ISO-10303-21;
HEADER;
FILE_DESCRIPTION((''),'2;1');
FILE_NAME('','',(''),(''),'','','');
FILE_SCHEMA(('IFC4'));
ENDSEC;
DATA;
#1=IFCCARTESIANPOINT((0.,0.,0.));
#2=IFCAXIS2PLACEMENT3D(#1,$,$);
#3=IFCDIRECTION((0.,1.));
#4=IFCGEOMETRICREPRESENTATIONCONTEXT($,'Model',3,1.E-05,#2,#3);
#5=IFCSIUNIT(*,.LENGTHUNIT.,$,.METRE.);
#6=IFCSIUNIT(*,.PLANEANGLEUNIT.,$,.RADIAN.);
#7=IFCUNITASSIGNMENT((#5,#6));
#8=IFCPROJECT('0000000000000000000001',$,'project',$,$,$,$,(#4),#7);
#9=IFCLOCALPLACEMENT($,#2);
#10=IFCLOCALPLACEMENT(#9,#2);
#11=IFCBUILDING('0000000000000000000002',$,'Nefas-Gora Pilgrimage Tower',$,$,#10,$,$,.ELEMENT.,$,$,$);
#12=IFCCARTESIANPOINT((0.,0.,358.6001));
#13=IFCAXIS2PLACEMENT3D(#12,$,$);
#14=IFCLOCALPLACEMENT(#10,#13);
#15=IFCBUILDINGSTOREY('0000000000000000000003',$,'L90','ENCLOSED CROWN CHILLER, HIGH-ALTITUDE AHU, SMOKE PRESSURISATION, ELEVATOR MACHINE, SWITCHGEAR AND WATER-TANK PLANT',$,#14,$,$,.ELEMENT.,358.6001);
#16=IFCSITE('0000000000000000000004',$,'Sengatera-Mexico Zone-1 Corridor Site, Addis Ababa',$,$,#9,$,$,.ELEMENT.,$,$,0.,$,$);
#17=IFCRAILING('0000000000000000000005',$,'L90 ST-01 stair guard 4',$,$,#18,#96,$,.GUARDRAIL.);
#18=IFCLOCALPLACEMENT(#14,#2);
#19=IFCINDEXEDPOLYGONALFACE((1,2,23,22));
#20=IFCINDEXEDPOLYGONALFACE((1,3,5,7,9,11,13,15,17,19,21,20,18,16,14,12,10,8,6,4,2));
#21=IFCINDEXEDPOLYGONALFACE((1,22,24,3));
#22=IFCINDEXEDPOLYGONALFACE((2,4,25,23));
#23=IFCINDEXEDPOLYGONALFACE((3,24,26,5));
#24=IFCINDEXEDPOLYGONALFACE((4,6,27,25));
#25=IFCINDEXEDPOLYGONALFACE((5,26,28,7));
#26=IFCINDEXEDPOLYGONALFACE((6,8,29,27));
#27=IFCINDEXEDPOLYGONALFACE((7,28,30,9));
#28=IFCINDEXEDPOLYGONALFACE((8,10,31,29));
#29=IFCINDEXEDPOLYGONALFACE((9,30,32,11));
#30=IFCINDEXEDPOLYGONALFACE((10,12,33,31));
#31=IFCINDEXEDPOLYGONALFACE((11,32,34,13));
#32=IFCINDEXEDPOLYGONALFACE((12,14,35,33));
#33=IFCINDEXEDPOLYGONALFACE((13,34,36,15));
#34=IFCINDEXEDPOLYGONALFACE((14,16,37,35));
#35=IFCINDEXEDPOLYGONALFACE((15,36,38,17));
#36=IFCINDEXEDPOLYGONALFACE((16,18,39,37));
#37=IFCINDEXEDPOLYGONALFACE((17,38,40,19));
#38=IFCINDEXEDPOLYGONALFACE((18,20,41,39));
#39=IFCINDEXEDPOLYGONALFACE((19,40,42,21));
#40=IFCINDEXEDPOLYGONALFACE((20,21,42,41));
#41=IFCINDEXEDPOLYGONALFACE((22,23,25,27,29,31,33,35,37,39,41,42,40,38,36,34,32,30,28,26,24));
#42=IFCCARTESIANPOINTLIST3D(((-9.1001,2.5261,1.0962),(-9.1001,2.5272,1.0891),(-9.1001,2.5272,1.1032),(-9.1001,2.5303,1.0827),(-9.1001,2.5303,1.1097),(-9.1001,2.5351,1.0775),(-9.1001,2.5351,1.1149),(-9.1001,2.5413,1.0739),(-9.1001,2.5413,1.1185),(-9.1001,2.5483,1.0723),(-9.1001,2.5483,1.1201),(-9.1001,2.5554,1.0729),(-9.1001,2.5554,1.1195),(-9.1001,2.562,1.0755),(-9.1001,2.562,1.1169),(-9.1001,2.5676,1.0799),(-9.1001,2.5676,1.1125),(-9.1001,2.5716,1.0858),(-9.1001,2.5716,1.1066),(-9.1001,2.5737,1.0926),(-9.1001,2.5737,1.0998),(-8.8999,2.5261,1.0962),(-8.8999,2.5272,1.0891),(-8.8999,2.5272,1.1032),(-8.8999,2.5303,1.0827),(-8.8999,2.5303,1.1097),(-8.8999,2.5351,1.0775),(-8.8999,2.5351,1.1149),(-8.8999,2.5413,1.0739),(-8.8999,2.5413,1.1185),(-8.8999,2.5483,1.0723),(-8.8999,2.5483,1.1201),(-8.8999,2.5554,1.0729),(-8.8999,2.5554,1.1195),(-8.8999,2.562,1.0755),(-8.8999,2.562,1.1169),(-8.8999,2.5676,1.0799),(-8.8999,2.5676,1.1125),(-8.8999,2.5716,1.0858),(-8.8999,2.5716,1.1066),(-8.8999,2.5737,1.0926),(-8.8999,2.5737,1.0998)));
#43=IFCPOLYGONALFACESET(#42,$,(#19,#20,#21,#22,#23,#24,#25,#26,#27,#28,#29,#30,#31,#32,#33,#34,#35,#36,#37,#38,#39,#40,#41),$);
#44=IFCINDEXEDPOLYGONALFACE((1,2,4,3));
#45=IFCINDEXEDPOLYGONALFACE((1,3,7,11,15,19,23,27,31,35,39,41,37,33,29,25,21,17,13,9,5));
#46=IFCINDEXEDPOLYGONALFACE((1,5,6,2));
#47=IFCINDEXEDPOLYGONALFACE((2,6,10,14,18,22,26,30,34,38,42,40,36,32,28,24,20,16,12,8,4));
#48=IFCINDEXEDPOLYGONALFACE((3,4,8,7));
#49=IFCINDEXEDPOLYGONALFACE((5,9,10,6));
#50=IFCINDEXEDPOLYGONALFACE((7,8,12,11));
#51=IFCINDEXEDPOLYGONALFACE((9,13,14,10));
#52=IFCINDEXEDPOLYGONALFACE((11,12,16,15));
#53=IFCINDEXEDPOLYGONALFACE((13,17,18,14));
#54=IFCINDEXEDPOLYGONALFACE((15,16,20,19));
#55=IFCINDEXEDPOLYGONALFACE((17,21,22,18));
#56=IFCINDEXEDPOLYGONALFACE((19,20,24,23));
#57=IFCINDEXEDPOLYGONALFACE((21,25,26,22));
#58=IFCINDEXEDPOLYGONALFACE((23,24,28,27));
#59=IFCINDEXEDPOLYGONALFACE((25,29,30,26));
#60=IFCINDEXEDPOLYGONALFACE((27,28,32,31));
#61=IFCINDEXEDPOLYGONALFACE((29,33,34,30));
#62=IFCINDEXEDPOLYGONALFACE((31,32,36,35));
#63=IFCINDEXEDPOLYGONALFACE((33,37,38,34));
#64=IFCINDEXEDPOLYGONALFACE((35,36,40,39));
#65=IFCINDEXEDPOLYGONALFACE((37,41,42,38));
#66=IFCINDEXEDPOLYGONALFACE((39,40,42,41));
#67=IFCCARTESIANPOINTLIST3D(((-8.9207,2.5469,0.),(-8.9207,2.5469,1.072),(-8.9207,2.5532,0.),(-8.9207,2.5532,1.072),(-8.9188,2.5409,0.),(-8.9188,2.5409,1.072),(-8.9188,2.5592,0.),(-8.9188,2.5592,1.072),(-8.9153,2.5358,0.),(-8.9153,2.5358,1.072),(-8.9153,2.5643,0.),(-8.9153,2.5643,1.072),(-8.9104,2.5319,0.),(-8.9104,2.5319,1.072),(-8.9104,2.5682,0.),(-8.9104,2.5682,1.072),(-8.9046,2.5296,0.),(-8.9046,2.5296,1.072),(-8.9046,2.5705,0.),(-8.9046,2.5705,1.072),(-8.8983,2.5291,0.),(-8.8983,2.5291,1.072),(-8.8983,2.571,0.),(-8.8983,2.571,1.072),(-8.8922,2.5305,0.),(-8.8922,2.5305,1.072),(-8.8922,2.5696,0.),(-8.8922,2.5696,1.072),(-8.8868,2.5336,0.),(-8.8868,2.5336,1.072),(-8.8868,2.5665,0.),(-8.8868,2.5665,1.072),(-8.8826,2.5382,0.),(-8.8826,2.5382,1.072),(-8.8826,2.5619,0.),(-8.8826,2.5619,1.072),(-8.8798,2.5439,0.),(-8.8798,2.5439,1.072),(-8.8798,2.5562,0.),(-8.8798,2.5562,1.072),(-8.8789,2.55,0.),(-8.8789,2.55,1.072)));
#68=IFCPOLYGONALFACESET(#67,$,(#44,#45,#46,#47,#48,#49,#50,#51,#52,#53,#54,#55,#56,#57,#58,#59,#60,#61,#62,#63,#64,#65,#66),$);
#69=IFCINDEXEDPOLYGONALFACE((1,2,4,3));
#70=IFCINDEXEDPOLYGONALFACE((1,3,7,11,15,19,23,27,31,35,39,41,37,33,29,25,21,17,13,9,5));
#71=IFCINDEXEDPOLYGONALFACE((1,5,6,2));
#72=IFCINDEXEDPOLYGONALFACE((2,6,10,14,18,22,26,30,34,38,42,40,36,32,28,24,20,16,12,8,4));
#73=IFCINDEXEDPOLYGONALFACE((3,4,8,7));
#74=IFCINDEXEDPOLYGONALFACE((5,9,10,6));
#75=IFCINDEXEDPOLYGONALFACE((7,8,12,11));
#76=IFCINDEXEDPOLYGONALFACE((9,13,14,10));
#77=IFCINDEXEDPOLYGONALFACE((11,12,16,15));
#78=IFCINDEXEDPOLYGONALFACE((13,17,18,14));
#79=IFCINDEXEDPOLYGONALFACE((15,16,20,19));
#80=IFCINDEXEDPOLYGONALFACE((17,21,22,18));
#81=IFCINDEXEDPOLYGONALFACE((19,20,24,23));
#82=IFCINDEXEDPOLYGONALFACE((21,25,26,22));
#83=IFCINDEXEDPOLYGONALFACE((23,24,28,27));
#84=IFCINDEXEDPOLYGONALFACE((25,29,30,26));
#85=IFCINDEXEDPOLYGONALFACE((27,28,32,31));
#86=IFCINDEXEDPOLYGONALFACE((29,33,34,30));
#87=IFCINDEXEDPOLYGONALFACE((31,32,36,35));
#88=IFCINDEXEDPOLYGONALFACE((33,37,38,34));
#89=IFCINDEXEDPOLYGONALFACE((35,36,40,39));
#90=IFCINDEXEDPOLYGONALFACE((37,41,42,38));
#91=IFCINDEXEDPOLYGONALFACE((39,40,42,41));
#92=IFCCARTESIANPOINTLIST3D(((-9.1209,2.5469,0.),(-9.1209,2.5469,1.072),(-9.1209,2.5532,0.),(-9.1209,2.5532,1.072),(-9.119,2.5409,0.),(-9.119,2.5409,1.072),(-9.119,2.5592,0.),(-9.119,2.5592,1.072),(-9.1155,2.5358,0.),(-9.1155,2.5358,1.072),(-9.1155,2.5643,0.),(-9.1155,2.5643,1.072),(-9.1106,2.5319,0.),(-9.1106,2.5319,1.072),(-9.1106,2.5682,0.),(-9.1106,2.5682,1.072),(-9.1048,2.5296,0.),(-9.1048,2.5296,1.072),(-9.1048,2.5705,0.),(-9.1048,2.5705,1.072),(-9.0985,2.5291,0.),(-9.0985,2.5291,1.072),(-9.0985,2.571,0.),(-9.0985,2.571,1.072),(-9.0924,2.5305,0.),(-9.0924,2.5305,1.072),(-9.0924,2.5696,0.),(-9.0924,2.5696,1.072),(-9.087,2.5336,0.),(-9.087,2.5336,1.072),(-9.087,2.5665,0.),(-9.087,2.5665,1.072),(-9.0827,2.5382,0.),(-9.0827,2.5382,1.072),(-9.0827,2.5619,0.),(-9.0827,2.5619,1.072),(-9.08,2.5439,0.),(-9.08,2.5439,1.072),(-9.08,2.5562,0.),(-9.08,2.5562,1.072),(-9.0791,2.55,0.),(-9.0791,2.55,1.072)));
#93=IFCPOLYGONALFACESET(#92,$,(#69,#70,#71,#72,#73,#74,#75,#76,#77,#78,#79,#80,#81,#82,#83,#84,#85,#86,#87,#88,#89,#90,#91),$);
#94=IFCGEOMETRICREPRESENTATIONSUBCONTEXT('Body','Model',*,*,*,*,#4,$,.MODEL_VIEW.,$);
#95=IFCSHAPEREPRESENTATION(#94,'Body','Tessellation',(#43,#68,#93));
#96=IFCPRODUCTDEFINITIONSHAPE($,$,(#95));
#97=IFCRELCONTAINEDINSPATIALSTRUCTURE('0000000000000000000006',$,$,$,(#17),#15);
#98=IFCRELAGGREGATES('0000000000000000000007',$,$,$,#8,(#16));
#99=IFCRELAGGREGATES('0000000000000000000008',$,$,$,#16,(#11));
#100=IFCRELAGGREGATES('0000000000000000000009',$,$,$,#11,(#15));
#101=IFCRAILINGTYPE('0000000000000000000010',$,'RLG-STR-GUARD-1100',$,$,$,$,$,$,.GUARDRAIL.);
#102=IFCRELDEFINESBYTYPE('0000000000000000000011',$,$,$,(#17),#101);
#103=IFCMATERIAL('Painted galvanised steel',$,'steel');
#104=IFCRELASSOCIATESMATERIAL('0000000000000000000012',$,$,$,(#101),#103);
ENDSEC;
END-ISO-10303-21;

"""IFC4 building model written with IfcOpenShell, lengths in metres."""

from ifc_helpers import new_model, si_unit, direction, frame, origin, origin_2d, place, context, subcontext, project, spatial, circle, extrude, material, type_object, element, save


model = new_model("IFC4")

# Units and contexts
model_context = context("Model", 3, precision=1e-05, world=origin(), true_north=direction((0.0, 1.0)))
body_context = subcontext(model_context, "Body", "Model", "MODEL_VIEW")
ifc_project = project(units=[si_unit("LENGTHUNIT", "METRE"), si_unit("PLANEANGLEUNIT", "RADIAN")], contexts=[model_context])

# Site, building, storey
site_placement = place(None, origin())
site = spatial("IfcSite", under=ifc_project, at=site_placement, Name="Sengatera-Mexico Zone-1 Corridor Site, Addis Ababa", CompositionType="ELEMENT", RefElevation=0.0)
building_placement = place(site_placement, origin())
building = spatial("IfcBuilding", under=site, at=building_placement, Name="Nefas-Gora Pilgrimage Tower", CompositionType="ELEMENT")
storey_placement = place(building_placement, frame((0.0, 0.0, 358.6001)))
storey = spatial("IfcBuildingStorey", under=building, at=storey_placement, Name="L90", Description="ENCLOSED CROWN CHILLER, HIGH-ALTITUDE AHU, SMOKE PRESSURISATION, ELEVATOR MACHINE, SWITCHGEAR AND WATER-TANK PLANT", CompositionType="ELEMENT", Elevation=358.6001)

# Railing
ifc_material_1 = material(Name="Painted galvanised steel", Category="steel")
railing_type_1 = type_object("IfcRailingType", Name="RLG-STR-GUARD-1100", PredefinedType="GUARDRAIL", material=ifc_material_1)
railing_1_placement = place(storey_placement, frame((-8.8999, 2.55, 0.0)))
element("IfcRailing", 1, at=railing_1_placement, inside=storey, type_object=railing_type_1, Name="L90 ST-01 stair guard 4", PredefinedType="GUARDRAIL", context=body_context, shape_type="SweptSolid", body=[
    extrude(circle(Radius=0.0239, at=origin_2d()), frame((0.0, 0.0, 1.0962), z_axis=(-1.0, 0.0, 0.0), x_axis=(0.0, -1.0, 0.0)), (0.0, 0.0, 1.0), 0.2002),
    extrude(circle(Radius=0.021, at=origin_2d()), origin(), (0.0, 0.0, 1.0), 1.072),
    extrude(circle(Radius=0.021, at=origin_2d()), frame((-0.2002, 0.0, 0.0)), (0.0, 0.0, 1.0), 1.072),
])

save(model, "model.ifc")
